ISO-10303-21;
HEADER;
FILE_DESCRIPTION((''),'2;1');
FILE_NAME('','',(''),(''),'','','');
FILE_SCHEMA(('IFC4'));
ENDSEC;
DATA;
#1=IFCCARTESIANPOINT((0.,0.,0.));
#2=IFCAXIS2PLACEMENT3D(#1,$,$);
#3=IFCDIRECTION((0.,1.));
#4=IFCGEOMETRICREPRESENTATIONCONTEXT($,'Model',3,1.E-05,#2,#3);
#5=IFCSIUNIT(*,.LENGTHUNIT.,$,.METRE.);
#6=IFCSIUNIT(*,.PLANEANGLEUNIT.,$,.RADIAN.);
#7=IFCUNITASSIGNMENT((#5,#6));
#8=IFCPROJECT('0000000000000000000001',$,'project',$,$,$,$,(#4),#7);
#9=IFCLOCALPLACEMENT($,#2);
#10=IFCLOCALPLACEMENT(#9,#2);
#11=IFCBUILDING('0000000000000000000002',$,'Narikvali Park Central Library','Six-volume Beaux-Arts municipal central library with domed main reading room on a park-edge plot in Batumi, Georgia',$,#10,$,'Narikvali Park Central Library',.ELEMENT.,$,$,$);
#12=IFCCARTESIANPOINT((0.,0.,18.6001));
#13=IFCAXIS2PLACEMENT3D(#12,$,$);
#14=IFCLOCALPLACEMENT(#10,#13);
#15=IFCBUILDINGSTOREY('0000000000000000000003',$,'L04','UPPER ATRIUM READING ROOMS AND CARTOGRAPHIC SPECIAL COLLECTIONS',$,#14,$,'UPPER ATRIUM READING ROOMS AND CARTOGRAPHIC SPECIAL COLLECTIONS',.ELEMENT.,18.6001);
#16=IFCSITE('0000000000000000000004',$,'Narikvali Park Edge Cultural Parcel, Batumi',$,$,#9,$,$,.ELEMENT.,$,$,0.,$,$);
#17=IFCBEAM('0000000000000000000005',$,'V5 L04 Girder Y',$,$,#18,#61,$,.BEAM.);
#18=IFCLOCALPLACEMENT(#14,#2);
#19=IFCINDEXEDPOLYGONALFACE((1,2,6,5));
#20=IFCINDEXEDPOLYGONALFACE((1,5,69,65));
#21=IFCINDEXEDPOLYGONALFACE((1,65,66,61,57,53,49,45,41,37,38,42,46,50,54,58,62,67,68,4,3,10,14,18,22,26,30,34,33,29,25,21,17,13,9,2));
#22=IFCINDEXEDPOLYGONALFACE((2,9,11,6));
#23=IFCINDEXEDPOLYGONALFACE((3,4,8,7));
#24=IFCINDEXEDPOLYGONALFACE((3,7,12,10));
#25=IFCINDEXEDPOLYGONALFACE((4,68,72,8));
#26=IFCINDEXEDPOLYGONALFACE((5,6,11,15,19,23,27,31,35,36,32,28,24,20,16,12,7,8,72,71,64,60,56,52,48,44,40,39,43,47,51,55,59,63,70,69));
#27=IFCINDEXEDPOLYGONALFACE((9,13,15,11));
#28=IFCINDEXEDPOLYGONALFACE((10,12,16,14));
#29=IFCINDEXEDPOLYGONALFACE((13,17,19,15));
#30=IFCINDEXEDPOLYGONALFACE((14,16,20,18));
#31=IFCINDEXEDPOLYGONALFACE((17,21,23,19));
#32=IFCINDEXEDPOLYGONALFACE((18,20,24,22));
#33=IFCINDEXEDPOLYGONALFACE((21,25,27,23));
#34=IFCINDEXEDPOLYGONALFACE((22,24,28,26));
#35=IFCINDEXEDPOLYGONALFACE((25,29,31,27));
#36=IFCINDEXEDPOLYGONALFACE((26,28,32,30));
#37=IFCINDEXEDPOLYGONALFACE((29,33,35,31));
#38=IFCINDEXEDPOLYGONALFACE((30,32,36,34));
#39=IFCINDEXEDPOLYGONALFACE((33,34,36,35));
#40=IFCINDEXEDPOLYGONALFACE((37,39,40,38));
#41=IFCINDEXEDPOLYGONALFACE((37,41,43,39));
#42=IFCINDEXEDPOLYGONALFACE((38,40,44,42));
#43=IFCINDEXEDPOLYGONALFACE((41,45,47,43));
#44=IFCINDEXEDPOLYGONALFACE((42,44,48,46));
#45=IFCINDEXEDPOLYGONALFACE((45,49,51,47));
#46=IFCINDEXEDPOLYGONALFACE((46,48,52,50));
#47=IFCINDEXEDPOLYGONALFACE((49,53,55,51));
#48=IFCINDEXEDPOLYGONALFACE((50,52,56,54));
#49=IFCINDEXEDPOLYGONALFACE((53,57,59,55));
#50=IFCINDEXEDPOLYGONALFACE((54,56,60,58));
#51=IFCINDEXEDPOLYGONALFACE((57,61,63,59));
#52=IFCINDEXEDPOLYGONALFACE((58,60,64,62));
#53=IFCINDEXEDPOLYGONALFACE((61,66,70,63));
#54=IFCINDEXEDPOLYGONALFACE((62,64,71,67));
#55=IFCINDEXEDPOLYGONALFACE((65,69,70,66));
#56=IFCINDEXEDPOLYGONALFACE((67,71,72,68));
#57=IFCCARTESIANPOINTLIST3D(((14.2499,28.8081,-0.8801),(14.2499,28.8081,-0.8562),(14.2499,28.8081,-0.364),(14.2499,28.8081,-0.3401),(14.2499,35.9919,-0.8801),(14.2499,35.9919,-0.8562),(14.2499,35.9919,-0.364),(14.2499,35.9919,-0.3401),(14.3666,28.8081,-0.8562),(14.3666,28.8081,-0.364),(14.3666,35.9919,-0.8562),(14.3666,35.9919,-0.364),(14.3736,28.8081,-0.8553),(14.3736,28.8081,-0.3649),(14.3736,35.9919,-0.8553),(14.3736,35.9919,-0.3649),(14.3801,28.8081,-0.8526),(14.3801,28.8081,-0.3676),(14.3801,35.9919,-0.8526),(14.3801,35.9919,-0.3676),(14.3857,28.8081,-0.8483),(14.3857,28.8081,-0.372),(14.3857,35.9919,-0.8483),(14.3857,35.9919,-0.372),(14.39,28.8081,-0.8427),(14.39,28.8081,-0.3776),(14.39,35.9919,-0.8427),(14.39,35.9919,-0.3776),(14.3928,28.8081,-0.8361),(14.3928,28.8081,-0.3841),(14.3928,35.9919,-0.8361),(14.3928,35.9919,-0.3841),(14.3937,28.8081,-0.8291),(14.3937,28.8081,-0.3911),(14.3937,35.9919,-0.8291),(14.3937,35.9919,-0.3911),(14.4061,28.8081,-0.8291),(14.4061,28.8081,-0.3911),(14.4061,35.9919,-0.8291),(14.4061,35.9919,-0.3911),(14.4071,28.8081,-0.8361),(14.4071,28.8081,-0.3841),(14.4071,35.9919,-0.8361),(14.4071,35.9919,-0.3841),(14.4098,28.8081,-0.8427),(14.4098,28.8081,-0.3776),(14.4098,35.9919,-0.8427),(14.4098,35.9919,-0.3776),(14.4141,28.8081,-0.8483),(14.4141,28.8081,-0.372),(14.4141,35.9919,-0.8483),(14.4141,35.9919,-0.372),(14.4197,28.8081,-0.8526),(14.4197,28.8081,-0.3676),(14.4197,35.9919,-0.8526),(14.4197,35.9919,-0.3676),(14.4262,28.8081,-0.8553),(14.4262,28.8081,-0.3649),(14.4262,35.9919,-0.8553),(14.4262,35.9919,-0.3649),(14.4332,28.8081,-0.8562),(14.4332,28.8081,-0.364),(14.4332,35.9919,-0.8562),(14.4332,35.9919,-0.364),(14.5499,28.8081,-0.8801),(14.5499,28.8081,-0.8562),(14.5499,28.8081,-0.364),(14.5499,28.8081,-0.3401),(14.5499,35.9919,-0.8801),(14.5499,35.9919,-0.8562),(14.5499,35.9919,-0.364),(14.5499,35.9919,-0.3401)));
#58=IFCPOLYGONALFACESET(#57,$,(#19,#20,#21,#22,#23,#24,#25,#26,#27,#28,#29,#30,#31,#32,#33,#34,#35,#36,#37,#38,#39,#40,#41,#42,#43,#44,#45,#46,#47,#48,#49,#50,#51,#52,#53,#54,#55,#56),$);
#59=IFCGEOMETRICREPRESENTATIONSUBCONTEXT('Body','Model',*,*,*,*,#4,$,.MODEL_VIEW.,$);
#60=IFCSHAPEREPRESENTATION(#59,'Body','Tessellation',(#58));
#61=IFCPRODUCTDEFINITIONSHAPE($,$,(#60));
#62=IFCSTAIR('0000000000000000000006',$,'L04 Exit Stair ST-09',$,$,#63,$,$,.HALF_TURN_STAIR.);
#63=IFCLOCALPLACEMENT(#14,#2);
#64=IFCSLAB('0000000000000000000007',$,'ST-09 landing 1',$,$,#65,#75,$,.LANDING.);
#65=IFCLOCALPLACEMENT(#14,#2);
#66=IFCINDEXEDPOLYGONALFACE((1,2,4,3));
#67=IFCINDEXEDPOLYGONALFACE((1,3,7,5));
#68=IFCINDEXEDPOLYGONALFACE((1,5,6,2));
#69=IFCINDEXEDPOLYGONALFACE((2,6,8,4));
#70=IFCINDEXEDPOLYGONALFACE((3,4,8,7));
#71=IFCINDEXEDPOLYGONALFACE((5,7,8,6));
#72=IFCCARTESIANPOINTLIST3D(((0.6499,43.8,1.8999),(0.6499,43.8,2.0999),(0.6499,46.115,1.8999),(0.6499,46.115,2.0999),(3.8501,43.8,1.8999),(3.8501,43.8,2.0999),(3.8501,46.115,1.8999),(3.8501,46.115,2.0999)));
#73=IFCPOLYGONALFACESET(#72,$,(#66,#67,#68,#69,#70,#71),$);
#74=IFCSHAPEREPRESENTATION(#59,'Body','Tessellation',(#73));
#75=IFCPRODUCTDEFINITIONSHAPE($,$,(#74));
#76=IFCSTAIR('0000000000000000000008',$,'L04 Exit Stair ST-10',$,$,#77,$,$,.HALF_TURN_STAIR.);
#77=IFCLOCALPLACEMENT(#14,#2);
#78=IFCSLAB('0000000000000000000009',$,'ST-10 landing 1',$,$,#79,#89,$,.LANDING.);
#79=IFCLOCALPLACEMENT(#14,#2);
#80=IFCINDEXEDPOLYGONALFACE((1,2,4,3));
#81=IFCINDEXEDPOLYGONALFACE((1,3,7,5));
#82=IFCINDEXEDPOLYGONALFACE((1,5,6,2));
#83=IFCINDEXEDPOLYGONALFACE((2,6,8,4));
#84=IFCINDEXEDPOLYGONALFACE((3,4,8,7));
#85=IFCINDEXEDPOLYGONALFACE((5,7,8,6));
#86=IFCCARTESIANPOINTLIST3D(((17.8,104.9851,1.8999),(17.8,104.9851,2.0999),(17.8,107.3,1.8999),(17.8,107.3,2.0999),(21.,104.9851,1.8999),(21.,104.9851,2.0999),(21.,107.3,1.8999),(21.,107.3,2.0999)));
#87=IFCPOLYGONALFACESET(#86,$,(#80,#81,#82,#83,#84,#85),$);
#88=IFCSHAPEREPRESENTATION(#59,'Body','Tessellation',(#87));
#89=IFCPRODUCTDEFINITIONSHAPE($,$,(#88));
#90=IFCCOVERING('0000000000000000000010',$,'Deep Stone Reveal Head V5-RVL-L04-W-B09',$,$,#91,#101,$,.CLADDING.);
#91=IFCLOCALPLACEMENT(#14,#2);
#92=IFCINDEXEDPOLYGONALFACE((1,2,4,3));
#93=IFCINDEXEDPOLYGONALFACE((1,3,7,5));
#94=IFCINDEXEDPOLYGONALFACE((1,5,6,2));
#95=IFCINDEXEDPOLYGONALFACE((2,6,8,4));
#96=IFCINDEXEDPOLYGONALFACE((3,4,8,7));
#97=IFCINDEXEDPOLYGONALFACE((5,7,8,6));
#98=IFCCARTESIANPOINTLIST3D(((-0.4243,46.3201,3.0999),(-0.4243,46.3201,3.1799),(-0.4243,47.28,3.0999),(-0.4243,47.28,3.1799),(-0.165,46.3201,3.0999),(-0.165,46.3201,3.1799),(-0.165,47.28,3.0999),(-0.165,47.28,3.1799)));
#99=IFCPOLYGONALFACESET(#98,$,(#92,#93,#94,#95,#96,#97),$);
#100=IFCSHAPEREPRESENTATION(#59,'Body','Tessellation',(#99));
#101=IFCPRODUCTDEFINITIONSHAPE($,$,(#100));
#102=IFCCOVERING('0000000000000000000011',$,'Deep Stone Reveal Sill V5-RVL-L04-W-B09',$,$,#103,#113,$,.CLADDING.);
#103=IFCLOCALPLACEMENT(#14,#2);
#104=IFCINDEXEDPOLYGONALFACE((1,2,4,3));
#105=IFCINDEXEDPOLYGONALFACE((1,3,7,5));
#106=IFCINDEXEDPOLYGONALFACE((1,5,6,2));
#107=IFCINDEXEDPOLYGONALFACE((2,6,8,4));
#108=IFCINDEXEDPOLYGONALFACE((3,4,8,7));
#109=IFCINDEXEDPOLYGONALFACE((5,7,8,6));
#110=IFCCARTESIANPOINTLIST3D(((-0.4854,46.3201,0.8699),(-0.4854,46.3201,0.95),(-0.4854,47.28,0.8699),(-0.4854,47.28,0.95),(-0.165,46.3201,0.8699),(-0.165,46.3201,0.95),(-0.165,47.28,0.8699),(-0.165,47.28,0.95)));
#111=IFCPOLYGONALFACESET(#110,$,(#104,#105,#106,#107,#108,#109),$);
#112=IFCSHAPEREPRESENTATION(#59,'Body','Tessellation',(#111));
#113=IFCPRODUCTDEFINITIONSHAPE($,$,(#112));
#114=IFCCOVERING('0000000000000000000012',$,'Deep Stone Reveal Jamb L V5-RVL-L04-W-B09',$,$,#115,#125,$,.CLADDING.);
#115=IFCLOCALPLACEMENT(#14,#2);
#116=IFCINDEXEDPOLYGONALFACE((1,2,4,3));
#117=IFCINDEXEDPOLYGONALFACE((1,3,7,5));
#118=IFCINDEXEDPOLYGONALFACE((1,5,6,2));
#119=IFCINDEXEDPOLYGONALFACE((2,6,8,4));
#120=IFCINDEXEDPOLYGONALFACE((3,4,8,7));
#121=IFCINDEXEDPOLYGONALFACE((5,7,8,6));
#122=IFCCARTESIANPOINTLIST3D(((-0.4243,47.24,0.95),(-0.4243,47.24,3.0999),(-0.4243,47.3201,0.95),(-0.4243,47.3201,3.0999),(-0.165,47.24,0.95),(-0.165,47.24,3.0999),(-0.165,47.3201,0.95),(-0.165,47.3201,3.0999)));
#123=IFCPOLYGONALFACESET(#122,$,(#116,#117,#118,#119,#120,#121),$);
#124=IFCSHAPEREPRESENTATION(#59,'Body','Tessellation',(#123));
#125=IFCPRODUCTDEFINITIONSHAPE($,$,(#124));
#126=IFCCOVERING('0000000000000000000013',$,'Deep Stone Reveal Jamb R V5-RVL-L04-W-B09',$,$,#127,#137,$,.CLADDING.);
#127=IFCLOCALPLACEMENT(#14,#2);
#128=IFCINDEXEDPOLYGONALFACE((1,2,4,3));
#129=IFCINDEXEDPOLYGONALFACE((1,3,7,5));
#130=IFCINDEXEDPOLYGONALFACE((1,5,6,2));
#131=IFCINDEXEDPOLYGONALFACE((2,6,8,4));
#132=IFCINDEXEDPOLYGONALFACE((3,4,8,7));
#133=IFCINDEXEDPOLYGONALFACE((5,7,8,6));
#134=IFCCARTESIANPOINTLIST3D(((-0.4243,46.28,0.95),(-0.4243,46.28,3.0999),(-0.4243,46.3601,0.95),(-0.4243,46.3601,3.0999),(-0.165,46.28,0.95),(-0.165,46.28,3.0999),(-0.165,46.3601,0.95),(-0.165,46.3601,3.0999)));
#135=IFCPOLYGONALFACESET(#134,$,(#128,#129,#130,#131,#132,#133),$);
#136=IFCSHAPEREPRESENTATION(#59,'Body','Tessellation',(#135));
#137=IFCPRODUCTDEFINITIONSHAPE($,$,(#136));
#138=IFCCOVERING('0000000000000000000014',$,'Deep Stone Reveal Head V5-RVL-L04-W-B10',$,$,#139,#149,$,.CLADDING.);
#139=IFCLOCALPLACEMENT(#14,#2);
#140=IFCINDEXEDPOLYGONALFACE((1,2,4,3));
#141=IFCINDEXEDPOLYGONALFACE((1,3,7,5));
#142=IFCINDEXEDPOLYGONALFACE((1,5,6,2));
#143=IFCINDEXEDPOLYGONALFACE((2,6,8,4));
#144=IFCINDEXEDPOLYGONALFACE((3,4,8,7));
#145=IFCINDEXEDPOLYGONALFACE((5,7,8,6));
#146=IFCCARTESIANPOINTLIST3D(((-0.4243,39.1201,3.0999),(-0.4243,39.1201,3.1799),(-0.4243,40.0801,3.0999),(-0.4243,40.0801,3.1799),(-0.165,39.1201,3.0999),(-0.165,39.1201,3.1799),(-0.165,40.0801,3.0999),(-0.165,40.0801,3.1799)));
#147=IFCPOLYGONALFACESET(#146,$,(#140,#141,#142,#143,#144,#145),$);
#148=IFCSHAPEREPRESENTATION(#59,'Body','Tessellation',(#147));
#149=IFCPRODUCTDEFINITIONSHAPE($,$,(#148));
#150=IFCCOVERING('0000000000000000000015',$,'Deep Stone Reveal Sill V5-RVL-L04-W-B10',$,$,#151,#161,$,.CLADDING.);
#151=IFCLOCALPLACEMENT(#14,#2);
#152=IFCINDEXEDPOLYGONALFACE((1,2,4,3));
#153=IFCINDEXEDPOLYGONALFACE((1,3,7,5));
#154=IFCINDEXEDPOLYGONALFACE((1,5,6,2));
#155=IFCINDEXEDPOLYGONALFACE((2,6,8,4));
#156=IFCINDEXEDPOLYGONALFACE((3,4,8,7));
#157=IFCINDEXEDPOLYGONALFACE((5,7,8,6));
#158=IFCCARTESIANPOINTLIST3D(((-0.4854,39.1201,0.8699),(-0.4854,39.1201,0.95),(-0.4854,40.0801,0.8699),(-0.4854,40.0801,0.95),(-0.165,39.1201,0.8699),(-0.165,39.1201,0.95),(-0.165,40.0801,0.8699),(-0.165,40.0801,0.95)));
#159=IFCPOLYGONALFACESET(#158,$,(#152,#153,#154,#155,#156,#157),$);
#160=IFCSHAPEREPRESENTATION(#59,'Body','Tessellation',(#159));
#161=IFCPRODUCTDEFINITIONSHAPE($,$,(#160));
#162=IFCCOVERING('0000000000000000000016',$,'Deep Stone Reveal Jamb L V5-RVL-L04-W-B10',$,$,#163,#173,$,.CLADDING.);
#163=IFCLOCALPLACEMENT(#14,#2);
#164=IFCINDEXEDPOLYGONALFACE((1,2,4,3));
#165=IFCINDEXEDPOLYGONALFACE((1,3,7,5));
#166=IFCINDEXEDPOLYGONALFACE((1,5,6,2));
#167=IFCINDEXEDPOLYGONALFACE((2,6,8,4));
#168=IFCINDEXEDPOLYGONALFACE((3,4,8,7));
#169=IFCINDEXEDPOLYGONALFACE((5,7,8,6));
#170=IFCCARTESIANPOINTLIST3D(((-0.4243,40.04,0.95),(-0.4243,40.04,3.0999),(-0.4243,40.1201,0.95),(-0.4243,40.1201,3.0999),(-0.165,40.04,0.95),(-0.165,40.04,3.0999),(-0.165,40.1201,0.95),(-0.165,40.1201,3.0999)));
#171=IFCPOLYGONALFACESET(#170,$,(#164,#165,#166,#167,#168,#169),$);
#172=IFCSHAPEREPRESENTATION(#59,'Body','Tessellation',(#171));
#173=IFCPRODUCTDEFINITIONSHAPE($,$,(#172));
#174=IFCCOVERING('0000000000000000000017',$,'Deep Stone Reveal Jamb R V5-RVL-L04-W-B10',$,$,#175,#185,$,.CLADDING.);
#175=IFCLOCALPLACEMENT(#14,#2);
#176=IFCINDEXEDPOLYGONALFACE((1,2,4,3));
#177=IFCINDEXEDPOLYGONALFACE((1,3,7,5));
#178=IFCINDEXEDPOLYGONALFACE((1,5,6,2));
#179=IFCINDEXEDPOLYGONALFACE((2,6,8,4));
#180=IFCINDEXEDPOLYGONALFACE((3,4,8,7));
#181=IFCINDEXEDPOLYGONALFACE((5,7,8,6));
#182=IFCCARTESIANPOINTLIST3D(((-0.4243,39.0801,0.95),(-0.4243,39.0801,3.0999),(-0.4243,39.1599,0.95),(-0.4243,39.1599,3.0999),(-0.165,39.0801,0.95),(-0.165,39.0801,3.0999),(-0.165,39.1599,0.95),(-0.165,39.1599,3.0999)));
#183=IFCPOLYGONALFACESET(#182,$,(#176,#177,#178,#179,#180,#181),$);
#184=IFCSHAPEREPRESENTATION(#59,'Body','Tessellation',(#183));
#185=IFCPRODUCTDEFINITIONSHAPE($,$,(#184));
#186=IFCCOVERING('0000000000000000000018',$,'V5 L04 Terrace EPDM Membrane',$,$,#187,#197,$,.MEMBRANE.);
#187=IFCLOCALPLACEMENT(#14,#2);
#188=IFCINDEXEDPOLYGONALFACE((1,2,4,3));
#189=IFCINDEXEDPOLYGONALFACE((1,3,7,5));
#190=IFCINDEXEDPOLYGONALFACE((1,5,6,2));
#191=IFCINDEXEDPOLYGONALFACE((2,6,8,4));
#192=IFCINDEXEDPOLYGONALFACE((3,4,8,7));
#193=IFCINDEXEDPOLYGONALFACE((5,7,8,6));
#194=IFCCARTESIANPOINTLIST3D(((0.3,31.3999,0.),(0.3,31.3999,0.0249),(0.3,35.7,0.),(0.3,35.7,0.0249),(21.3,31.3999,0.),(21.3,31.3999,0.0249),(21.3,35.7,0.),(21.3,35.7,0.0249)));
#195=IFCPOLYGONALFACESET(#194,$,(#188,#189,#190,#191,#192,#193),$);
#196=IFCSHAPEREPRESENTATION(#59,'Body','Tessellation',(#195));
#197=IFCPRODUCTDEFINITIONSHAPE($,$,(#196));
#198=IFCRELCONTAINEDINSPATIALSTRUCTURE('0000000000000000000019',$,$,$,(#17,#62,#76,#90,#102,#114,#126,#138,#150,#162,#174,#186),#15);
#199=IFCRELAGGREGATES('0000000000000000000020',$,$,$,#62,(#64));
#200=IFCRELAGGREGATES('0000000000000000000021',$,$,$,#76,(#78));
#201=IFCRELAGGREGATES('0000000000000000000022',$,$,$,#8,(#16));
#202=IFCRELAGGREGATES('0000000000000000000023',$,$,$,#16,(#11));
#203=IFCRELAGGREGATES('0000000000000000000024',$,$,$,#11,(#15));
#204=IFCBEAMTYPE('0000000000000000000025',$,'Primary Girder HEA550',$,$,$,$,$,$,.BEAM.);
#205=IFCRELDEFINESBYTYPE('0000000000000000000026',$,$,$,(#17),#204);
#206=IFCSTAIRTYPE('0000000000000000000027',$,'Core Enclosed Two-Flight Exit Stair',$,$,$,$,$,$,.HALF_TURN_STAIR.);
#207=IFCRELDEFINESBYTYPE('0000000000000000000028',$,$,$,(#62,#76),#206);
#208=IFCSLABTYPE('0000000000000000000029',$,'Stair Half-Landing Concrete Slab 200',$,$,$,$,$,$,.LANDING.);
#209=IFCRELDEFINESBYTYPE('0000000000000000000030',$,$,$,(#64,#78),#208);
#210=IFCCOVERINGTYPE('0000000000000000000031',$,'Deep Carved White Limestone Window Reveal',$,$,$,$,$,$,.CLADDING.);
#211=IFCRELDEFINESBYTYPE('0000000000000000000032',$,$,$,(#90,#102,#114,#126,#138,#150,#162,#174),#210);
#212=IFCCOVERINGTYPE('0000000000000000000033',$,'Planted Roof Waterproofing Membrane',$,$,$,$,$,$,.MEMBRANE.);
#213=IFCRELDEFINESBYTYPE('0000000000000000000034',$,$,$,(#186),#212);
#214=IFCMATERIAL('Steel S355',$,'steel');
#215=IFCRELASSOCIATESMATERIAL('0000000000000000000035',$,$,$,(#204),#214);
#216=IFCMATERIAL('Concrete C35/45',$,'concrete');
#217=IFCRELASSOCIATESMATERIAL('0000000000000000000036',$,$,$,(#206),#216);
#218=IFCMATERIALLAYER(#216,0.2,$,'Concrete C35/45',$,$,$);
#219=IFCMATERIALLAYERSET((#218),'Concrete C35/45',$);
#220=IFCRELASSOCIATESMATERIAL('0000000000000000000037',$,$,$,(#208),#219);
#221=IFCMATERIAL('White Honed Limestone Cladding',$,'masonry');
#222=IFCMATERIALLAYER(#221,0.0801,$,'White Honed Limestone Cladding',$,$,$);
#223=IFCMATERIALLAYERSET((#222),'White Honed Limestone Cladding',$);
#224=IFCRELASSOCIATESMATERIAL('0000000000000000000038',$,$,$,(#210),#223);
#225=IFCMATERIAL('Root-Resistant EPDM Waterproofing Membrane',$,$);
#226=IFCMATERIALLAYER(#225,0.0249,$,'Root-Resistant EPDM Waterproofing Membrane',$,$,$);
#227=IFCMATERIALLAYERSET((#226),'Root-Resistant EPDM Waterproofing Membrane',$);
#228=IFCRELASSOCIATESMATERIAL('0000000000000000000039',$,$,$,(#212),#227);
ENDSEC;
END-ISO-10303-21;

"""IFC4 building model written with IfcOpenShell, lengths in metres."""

from ifc_helpers import new_model, si_unit, direction, frame, origin, origin_2d, place, context, subcontext, project, spatial, polyline, i_section, outline, extrude, material, layer, layer_set, material_profile, profile_set, type_object, element, aggregate, save


model = new_model("IFC4")

# Units and contexts
model_context = context("Model", 3, precision=1e-05, world=origin(), true_north=direction((0.0, 1.0)))
body_context = subcontext(model_context, "Body", "Model", "MODEL_VIEW")
ifc_project = project(units=[si_unit("LENGTHUNIT", "METRE"), si_unit("PLANEANGLEUNIT", "RADIAN")], contexts=[model_context])

# Site, building, storey
site_placement = place(None, origin())
site = spatial("IfcSite", under=ifc_project, at=site_placement, Name="Narikvali Park Edge Cultural Parcel, Batumi", CompositionType="ELEMENT", RefElevation=0.0)
building_placement = place(site_placement, origin())
building = spatial("IfcBuilding", under=site, at=building_placement, Name="Narikvali Park Central Library", Description="Six-volume Beaux-Arts municipal central library with domed main reading room on a park-edge plot in Batumi, Georgia", LongName="Narikvali Park Central Library", CompositionType="ELEMENT")
storey_placement = place(building_placement, frame((0.0, 0.0, 18.6001)))
storey = spatial("IfcBuildingStorey", under=building, at=storey_placement, Name="L04", Description="UPPER ATRIUM READING ROOMS AND CARTOGRAPHIC SPECIAL COLLECTIONS", LongName="UPPER ATRIUM READING ROOMS AND CARTOGRAPHIC SPECIAL COLLECTIONS", CompositionType="ELEMENT", Elevation=18.6001)

# Beam
ifc_material_1 = material(Name="Steel S355", Category="steel")
ifc_material_profile_1 = material_profile(ifc_material_1, i_section(OverallWidth=0.3, OverallDepth=0.54, WebThickness=0.0125, FlangeThickness=0.0239, FilletRadius=0.0271, at=origin_2d()), Name="HEA 550")
ifc_profile_set_1 = profile_set([ifc_material_profile_1], Name="Steel S355")
beam_type_1 = type_object("IfcBeamType", Name="Primary Girder HEA550", PredefinedType="BEAM", material=ifc_profile_set_1)
for number, where, z_axis, x_axis, name in (
    (1, (14.3999, 28.8081, -0.6101), (0.0, 1.0, 0.0), (-1.0, 0.0, 0.0), "V5 L04 Girder Y"),
):
    element("IfcBeam", number, at=place(storey_placement, frame(where, z_axis=z_axis, x_axis=x_axis)), inside=storey, type_object=beam_type_1, Name=name, PredefinedType="BEAM", context=body_context, shape_type="SweptSolid", body=[
        extrude(i_section(OverallWidth=0.3, OverallDepth=0.54, WebThickness=0.0125, FlangeThickness=0.0239, FilletRadius=0.0271, at=origin_2d()), origin(), (0.0, 0.0, 1.0), 7.1838),
    ])

# Stairs, slabs
ifc_material_2 = material(Name="Concrete C35/45", Category="concrete")
stair_type = type_object("IfcStairType", Name="Core Enclosed Two-Flight Exit Stair", PredefinedType="HALF_TURN_STAIR", material=ifc_material_2)
stair_1_placement = place(storey_placement, origin())
stair_1 = element("IfcStair", 2, at=stair_1_placement, inside=storey, type_object=stair_type, Name="L04 Exit Stair ST-09", PredefinedType="HALF_TURN_STAIR")
ifc_layer_1 = layer(ifc_material_2, 0.2, Name="Concrete C35/45")
ifc_layer_set_1 = layer_set([ifc_layer_1], Name="Concrete C35/45")
slab_type = type_object("IfcSlabType", Name="Stair Half-Landing Concrete Slab 200", PredefinedType="LANDING", material=ifc_layer_set_1)
slab_1_placement = place(storey_placement, frame((0.0, 0.0, 1.8999)))
slab_1 = element("IfcSlab", 3, at=slab_1_placement, type_object=slab_type, Name="ST-09 landing 1", PredefinedType="LANDING", context=body_context, shape_type="SweptSolid", body=[
    extrude(outline(polyline([(0.6499, 46.115), (0.6499, 43.8), (3.8501, 43.8), (3.8501, 46.115), (0.6499, 46.115)])), origin(), (0.0, 0.0, 1.0), 0.2),
])
aggregate(stair_1, [slab_1])
stair_2_placement = place(storey_placement, origin())
stair_2 = element("IfcStair", 4, at=stair_2_placement, inside=storey, type_object=stair_type, Name="L04 Exit Stair ST-10", PredefinedType="HALF_TURN_STAIR")
slab_2_placement = place(storey_placement, frame((0.0, 0.0, 1.8999)))
slab_2 = element("IfcSlab", 5, at=slab_2_placement, type_object=slab_type, Name="ST-10 landing 1", PredefinedType="LANDING", context=body_context, shape_type="SweptSolid", body=[
    extrude(outline(polyline([(21.0, 104.9851), (21.0, 107.3), (17.8, 107.3), (17.8, 104.9851), (21.0, 104.9851)])), origin(), (0.0, 0.0, 1.0), 0.2),
])
aggregate(stair_2, [slab_2])

# Coverings
ifc_material_3 = material(Name="White Honed Limestone Cladding", Category="masonry")
ifc_layer_2 = layer(ifc_material_3, 0.0801, Name="White Honed Limestone Cladding")
ifc_layer_set_2 = layer_set([ifc_layer_2], Name="White Honed Limestone Cladding")
covering_type_1 = type_object("IfcCoveringType", Name="Deep Carved White Limestone Window Reveal", PredefinedType="CLADDING", material=ifc_layer_set_2)
covering_1_placement = place(storey_placement, frame((0.0, 0.0, 3.0999)))
element("IfcCovering", 6, at=covering_1_placement, inside=storey, type_object=covering_type_1, Name="Deep Stone Reveal Head V5-RVL-L04-W-B09", PredefinedType="CLADDING", context=body_context, shape_type="SweptSolid", body=[
    extrude(outline(polyline([(-0.165, 47.28), (-0.165, 46.3201), (-0.4243, 46.3201), (-0.4243, 47.28), (-0.165, 47.28)])), origin(), (0.0, 0.0, 1.0), 0.0801),
])
covering_2_placement = place(storey_placement, frame((0.0, 0.0, 0.8699)))
element("IfcCovering", 7, at=covering_2_placement, inside=storey, type_object=covering_type_1, Name="Deep Stone Reveal Sill V5-RVL-L04-W-B09", PredefinedType="CLADDING", context=body_context, shape_type="SweptSolid", body=[
    extrude(outline(polyline([(-0.165, 47.28), (-0.165, 46.3201), (-0.4854, 46.3201), (-0.4854, 47.28), (-0.165, 47.28)])), origin(), (0.0, 0.0, 1.0), 0.0801),
])
covering_3_placement = place(storey_placement, frame((0.0, 0.0, 0.95)))
element("IfcCovering", 8, at=covering_3_placement, inside=storey, type_object=covering_type_1, Name="Deep Stone Reveal Jamb L V5-RVL-L04-W-B09", PredefinedType="CLADDING", context=body_context, shape_type="SweptSolid", body=[
    extrude(outline(polyline([(-0.165, 47.3201), (-0.165, 47.24), (-0.4243, 47.24), (-0.4243, 47.3201), (-0.165, 47.3201)])), origin(), (0.0, 0.0, 1.0), 2.1499),
])
covering_4_placement = place(storey_placement, frame((0.0, 0.0, 0.95)))
element("IfcCovering", 9, at=covering_4_placement, inside=storey, type_object=covering_type_1, Name="Deep Stone Reveal Jamb R V5-RVL-L04-W-B09", PredefinedType="CLADDING", context=body_context, shape_type="SweptSolid", body=[
    extrude(outline(polyline([(-0.165, 46.3601), (-0.165, 46.28), (-0.4243, 46.28), (-0.4243, 46.3601), (-0.165, 46.3601)])), origin(), (0.0, 0.0, 1.0), 2.1499),
])
covering_5_placement = place(storey_placement, frame((0.0, 0.0, 3.0999)))
element("IfcCovering", 10, at=covering_5_placement, inside=storey, type_object=covering_type_1, Name="Deep Stone Reveal Head V5-RVL-L04-W-B10", PredefinedType="CLADDING", context=body_context, shape_type="SweptSolid", body=[
    extrude(outline(polyline([(-0.165, 40.0801), (-0.165, 39.1201), (-0.4243, 39.1201), (-0.4243, 40.0801), (-0.165, 40.0801)])), origin(), (0.0, 0.0, 1.0), 0.0801),
])
covering_6_placement = place(storey_placement, frame((0.0, 0.0, 0.8699)))
element("IfcCovering", 11, at=covering_6_placement, inside=storey, type_object=covering_type_1, Name="Deep Stone Reveal Sill V5-RVL-L04-W-B10", PredefinedType="CLADDING", context=body_context, shape_type="SweptSolid", body=[
    extrude(outline(polyline([(-0.165, 40.0801), (-0.165, 39.1201), (-0.4854, 39.1201), (-0.4854, 40.0801), (-0.165, 40.0801)])), origin(), (0.0, 0.0, 1.0), 0.0801),
])
covering_7_placement = place(storey_placement, frame((0.0, 0.0, 0.95)))
element("IfcCovering", 12, at=covering_7_placement, inside=storey, type_object=covering_type_1, Name="Deep Stone Reveal Jamb L V5-RVL-L04-W-B10", PredefinedType="CLADDING", context=body_context, shape_type="SweptSolid", body=[
    extrude(outline(polyline([(-0.165, 40.1201), (-0.165, 40.04), (-0.4243, 40.04), (-0.4243, 40.1201), (-0.165, 40.1201)])), origin(), (0.0, 0.0, 1.0), 2.1499),
])
covering_8_placement = place(storey_placement, frame((0.0, 0.0, 0.95)))
element("IfcCovering", 13, at=covering_8_placement, inside=storey, type_object=covering_type_1, Name="Deep Stone Reveal Jamb R V5-RVL-L04-W-B10", PredefinedType="CLADDING", context=body_context, shape_type="SweptSolid", body=[
    extrude(outline(polyline([(-0.165, 39.1599), (-0.165, 39.0801), (-0.4243, 39.0801), (-0.4243, 39.1599), (-0.165, 39.1599)])), origin(), (0.0, 0.0, 1.0), 2.1499),
])
ifc_material_4 = material(Name="Root-Resistant EPDM Waterproofing Membrane")
ifc_layer_3 = layer(ifc_material_4, 0.0249, Name="Root-Resistant EPDM Waterproofing Membrane")
ifc_layer_set_3 = layer_set([ifc_layer_3], Name="Root-Resistant EPDM Waterproofing Membrane")
covering_type_2 = type_object("IfcCoveringType", Name="Planted Roof Waterproofing Membrane", PredefinedType="MEMBRANE", material=ifc_layer_set_3)
covering_9_placement = place(storey_placement, origin())
element("IfcCovering", 14, at=covering_9_placement, inside=storey, type_object=covering_type_2, Name="V5 L04 Terrace EPDM Membrane", PredefinedType="MEMBRANE", context=body_context, shape_type="SweptSolid", body=[
    extrude(outline(polyline([(0.3, 31.3999), (21.3, 31.3999), (21.3, 35.7), (0.3, 35.7), (0.3, 31.3999)])), origin(), (0.0, 0.0, 1.0), 0.0249),
])

save(model, "model.ifc")
